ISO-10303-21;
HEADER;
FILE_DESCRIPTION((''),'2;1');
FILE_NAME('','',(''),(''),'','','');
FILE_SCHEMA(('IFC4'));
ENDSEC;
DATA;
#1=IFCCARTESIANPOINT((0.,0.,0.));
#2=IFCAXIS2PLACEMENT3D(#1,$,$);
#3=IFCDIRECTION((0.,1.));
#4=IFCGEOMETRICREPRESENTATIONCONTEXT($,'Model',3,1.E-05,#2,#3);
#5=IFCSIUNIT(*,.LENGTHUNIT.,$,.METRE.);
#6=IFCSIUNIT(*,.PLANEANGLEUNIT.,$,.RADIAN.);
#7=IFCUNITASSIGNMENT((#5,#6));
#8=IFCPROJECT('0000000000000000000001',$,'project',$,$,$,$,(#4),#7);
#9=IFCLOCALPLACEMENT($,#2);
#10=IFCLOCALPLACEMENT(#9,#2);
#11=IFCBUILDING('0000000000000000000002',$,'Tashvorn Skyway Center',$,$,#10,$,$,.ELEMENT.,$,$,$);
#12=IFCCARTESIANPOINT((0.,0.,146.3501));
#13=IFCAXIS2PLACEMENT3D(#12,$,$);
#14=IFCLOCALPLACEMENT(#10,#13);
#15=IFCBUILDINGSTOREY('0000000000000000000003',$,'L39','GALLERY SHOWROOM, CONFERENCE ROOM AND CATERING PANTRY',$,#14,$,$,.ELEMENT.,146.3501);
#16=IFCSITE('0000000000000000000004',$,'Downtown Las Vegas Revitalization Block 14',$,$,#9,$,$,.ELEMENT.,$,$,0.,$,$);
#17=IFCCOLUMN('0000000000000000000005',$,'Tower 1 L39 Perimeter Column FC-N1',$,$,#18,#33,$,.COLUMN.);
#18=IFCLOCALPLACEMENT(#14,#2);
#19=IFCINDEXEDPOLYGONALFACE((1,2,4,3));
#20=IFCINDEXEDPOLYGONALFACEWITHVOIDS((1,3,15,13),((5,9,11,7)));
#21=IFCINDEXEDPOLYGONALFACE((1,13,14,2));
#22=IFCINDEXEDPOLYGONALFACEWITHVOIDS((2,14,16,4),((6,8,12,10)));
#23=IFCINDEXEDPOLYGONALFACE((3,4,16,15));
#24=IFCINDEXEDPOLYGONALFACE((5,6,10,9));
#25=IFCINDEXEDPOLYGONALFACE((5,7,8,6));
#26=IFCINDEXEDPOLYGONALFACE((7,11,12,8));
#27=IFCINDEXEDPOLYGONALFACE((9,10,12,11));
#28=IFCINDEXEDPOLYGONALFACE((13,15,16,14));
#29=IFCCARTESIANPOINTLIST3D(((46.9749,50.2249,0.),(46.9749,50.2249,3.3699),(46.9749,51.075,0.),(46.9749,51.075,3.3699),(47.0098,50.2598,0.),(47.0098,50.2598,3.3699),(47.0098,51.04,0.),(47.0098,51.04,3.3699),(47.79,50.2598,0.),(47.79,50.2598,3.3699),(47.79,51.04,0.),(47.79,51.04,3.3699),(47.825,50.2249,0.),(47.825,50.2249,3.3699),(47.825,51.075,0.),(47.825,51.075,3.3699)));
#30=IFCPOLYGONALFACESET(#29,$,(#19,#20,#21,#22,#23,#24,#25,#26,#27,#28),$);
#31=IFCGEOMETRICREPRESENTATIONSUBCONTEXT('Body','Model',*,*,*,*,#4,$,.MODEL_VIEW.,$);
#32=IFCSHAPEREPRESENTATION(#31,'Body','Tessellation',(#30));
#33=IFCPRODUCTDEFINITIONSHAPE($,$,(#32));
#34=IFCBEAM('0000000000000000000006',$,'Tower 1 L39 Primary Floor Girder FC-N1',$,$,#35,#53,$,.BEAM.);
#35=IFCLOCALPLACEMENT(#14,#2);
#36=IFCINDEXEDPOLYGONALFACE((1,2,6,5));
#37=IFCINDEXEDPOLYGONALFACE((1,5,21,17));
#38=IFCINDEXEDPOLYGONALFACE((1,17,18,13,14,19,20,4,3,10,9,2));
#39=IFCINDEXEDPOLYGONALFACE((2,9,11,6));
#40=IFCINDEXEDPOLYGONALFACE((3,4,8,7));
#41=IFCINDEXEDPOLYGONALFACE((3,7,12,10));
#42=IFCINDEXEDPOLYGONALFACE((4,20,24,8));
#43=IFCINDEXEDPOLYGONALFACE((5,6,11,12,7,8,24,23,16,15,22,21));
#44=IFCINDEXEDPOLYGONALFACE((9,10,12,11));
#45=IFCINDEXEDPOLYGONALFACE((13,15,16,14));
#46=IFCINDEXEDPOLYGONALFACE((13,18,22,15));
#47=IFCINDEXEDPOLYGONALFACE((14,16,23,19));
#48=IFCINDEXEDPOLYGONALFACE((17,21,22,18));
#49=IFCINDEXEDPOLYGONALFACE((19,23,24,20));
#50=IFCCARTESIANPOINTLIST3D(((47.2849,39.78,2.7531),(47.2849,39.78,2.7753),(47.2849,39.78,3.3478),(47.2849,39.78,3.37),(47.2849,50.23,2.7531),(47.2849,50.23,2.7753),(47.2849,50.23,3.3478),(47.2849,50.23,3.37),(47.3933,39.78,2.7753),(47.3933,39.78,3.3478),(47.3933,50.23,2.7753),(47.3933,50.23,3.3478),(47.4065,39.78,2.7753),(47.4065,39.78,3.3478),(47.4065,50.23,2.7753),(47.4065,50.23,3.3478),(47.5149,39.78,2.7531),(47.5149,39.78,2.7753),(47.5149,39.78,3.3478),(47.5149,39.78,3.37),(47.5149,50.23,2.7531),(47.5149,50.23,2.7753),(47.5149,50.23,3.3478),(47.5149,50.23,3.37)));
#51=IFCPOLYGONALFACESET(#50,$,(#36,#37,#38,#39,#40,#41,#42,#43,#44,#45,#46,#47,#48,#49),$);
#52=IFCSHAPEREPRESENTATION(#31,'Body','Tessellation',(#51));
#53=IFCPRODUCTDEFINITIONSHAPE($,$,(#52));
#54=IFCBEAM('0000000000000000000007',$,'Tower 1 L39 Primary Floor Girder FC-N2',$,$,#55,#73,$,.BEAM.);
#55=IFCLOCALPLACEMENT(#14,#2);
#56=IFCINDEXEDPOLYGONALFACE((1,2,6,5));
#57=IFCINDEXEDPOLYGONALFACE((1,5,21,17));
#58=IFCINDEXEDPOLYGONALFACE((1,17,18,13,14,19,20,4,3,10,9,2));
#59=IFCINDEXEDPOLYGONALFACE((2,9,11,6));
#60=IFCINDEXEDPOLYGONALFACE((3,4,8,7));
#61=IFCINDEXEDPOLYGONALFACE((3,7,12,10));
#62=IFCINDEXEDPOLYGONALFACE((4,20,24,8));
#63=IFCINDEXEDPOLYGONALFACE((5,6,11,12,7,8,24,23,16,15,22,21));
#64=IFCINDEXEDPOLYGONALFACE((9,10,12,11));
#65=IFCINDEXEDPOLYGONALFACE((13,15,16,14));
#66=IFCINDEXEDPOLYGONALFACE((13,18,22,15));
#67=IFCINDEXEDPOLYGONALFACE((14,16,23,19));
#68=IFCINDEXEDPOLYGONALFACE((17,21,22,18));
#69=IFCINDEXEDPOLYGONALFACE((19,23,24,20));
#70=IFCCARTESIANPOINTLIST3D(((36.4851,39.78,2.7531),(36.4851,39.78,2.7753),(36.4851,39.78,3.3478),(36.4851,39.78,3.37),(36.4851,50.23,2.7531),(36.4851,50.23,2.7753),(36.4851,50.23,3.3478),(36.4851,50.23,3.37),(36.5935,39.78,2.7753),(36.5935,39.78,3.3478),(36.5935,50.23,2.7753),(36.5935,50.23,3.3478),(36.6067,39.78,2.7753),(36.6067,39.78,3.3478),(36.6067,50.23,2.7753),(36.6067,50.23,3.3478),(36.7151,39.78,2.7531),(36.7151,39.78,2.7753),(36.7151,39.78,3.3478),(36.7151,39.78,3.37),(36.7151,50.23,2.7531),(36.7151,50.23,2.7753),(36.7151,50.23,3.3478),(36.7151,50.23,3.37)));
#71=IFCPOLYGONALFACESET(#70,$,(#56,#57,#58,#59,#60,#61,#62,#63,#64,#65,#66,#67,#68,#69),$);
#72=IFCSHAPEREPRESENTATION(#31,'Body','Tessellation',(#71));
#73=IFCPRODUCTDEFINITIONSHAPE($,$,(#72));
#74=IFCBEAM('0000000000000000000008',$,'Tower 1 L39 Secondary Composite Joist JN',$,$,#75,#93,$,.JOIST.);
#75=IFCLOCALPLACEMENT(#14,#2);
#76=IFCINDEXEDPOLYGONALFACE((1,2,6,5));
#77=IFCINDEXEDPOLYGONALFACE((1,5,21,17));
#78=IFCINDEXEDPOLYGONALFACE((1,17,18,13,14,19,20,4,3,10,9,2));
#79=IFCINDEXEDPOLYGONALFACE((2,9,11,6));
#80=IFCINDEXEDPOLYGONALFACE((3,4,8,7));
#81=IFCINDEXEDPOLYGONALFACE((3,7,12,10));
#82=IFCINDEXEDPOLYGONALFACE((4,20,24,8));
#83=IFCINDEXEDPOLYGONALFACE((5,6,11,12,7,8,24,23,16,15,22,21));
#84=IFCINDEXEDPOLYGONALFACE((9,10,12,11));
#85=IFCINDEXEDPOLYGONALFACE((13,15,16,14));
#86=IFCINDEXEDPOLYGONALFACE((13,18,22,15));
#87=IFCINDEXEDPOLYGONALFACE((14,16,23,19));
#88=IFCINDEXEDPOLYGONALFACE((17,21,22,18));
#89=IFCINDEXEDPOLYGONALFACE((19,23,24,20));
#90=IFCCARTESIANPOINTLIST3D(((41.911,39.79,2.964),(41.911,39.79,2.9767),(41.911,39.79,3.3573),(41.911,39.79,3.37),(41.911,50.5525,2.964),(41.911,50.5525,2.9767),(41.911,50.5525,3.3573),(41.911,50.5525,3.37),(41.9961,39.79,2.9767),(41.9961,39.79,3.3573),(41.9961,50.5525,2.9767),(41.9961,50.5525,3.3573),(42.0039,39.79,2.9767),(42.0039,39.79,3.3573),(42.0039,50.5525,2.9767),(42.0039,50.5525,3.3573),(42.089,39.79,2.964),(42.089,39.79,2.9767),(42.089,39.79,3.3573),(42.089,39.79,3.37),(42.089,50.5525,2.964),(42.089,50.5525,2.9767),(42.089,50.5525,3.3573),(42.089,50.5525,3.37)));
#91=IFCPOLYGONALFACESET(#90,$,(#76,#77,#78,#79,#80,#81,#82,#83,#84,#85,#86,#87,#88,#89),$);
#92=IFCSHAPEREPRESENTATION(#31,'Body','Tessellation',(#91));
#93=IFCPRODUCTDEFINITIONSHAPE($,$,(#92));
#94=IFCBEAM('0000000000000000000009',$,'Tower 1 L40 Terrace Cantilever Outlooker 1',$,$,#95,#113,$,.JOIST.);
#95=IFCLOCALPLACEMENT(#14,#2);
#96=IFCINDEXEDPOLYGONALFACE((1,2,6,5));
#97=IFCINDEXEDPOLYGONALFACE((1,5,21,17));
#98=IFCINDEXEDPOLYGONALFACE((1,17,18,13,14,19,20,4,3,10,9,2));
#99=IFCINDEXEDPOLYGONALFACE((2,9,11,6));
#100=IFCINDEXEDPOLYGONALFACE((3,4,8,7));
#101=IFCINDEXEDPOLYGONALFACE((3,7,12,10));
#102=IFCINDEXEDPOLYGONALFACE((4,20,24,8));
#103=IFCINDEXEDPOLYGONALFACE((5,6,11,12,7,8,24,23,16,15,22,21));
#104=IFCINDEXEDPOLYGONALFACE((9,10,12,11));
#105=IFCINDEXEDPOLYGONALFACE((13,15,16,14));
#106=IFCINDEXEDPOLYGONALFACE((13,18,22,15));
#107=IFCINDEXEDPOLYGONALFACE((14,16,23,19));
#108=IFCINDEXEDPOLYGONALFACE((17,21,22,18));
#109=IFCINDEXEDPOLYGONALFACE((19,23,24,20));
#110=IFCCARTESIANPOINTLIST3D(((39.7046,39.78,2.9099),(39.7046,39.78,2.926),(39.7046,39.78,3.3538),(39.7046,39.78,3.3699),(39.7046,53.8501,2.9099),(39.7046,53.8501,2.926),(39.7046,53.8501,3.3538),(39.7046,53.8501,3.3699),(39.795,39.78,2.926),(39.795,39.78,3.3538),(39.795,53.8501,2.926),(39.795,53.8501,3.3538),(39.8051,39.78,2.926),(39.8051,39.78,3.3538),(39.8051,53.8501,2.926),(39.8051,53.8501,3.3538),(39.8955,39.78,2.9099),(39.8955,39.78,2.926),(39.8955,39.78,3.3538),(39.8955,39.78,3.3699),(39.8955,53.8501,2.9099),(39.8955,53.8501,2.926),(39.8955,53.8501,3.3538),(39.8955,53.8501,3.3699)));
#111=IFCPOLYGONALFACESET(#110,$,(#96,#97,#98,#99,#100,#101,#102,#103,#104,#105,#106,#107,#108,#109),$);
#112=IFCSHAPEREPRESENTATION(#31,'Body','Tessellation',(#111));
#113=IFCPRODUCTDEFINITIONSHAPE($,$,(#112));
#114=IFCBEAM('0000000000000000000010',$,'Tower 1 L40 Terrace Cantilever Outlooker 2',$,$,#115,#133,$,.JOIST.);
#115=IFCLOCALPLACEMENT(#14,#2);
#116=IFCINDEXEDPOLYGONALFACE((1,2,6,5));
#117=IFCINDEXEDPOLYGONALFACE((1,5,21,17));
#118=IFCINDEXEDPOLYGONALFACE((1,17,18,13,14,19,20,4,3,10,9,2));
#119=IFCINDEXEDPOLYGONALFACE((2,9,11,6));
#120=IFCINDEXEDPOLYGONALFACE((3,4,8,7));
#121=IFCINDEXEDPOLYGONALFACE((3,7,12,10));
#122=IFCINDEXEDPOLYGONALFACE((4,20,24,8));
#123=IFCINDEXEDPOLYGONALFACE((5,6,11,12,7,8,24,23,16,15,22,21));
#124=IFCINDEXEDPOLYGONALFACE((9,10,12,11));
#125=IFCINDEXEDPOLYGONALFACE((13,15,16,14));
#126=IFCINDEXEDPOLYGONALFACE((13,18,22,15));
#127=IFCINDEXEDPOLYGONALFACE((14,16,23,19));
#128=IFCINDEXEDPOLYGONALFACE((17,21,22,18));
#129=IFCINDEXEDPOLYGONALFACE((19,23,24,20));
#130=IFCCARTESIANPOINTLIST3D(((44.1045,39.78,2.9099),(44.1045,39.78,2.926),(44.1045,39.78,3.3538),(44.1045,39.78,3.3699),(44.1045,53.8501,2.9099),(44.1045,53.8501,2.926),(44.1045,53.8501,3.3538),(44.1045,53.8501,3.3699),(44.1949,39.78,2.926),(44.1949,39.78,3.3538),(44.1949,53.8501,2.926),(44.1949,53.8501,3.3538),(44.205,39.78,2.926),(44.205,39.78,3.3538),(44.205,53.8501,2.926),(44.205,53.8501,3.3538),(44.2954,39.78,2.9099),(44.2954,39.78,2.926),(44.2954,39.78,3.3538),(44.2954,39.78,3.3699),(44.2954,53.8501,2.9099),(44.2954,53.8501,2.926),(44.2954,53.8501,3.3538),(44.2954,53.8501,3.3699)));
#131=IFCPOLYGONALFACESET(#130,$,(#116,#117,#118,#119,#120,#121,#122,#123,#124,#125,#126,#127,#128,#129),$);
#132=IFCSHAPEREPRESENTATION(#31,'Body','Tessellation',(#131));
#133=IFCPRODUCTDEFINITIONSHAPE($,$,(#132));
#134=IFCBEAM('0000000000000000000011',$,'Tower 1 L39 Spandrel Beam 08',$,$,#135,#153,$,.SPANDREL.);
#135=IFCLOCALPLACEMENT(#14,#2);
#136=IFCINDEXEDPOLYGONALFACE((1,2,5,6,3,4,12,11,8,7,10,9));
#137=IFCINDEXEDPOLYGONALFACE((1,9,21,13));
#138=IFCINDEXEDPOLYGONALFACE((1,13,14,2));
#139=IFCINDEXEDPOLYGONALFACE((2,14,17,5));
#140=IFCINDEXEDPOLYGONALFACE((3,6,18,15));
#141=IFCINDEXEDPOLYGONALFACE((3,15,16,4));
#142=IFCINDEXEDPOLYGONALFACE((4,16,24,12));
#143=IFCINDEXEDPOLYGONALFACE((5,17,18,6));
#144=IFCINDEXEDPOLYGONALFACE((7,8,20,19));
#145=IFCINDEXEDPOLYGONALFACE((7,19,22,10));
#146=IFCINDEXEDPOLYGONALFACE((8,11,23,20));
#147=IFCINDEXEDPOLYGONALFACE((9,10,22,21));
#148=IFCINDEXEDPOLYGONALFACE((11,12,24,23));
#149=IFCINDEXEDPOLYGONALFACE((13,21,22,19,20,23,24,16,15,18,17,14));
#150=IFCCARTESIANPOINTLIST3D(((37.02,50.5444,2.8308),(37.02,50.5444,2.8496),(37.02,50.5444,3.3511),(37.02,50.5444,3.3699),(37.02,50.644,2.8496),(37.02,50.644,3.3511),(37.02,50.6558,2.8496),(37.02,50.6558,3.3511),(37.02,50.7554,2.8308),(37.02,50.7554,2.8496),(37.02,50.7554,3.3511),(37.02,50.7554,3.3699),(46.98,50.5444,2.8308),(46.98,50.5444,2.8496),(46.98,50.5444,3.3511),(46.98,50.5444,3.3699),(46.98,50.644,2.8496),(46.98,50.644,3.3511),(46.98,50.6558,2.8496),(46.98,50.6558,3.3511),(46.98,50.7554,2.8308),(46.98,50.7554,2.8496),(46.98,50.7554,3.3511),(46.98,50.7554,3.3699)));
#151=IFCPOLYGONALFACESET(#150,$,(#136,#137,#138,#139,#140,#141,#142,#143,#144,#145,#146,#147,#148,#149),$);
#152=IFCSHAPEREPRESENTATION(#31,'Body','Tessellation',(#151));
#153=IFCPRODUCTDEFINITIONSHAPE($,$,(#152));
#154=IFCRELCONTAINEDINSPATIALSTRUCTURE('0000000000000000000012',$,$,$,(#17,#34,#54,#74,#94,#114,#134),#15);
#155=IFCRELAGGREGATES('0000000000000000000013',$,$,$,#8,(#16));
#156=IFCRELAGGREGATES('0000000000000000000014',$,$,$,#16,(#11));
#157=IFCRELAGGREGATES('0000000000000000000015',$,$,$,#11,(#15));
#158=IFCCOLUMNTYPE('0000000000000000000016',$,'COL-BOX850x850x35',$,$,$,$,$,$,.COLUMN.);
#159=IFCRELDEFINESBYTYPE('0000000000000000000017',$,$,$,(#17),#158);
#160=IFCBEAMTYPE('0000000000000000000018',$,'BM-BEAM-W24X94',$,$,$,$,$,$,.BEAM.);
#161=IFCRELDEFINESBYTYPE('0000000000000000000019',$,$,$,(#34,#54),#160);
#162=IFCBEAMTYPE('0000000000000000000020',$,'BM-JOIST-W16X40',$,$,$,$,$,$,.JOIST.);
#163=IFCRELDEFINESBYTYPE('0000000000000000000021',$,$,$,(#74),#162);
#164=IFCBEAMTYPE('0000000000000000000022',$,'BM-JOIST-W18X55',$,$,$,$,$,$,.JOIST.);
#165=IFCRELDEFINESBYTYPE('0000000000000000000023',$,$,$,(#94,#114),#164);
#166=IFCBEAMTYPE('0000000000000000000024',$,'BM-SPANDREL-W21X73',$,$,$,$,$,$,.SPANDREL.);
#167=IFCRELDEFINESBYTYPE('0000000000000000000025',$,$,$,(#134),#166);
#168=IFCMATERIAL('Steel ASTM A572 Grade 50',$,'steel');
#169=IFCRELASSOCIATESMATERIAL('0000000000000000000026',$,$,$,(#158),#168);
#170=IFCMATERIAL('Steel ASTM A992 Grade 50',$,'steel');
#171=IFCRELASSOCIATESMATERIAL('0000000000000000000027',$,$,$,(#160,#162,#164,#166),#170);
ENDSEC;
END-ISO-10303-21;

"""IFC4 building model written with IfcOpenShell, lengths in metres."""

from ifc_helpers import new_model, si_unit, direction, frame, origin, origin_2d, place, context, subcontext, project, spatial, hollow_rectangle, i_section, extrude, material, material_profile, profile_set, type_object, element, save


model = new_model("IFC4")

# Units and contexts
model_context = context("Model", 3, precision=1e-05, world=origin(), true_north=direction((0.0, 1.0)))
body_context = subcontext(model_context, "Body", "Model", "MODEL_VIEW")
ifc_project = project(units=[si_unit("LENGTHUNIT", "METRE"), si_unit("PLANEANGLEUNIT", "RADIAN")], contexts=[model_context])

# Site, building, storey
site_placement = place(None, origin())
site = spatial("IfcSite", under=ifc_project, at=site_placement, Name="Downtown Las Vegas Revitalization Block 14", CompositionType="ELEMENT", RefElevation=0.0)
building_placement = place(site_placement, origin())
building = spatial("IfcBuilding", under=site, at=building_placement, Name="Tashvorn Skyway Center", CompositionType="ELEMENT")
storey_placement = place(building_placement, frame((0.0, 0.0, 146.3501)))
storey = spatial("IfcBuildingStorey", under=building, at=storey_placement, Name="L39", Description="GALLERY SHOWROOM, CONFERENCE ROOM AND CATERING PANTRY", CompositionType="ELEMENT", Elevation=146.3501)

# Column
ifc_material_1 = material(Name="Steel ASTM A572 Grade 50", Category="steel")
ifc_material_profile_1 = material_profile(ifc_material_1, hollow_rectangle(XDim=0.8501, YDim=0.8501, WallThickness=0.0349, at=origin_2d()), Name="BOX850x850x35")
ifc_profile_set_1 = profile_set([ifc_material_profile_1], Name="Steel ASTM A572 Grade 50")
column_type = type_object("IfcColumnType", Name="COL-BOX850x850x35", PredefinedType="COLUMN", material=ifc_profile_set_1)
column_placement = place(storey_placement, frame((47.3999, 50.6499, 0.0), z_axis=(0.0, 0.0, 1.0), x_axis=(1.0, 0.0, 0.0)))
element("IfcColumn", 1, at=column_placement, inside=storey, type_object=column_type, Name="Tower 1 L39 Perimeter Column FC-N1", PredefinedType="COLUMN", context=body_context, shape_type="SweptSolid", body=[
    extrude(hollow_rectangle(XDim=0.8501, YDim=0.8501, WallThickness=0.0349, at=origin_2d()), origin(), (0.0, 0.0, 1.0), 3.3699),
])

# Beams
ifc_material_2 = material(Name="Steel ASTM A992 Grade 50", Category="steel")
ifc_material_profile_2 = material_profile(ifc_material_2, i_section(OverallWidth=0.23, OverallDepth=0.6169, WebThickness=0.0132, FlangeThickness=0.0222, at=origin_2d()), Name="W24X94")
ifc_profile_set_2 = profile_set([ifc_material_profile_2], Name="Steel ASTM A992 Grade 50")
beam_type_1 = type_object("IfcBeamType", Name="BM-BEAM-W24X94", PredefinedType="BEAM", material=ifc_profile_set_2)
for number, where, z_axis, x_axis, name in (
    (2, (47.3999, 50.23, 3.0615), (0.0, -1.0, 0.0), (1.0, 0.0, 0.0), "Tower 1 L39 Primary Floor Girder FC-N1"),
    (3, (36.6001, 50.23, 3.0615), (0.0, -1.0, 0.0), (1.0, 0.0, 0.0), "Tower 1 L39 Primary Floor Girder FC-N2"),
):
    element("IfcBeam", number, at=place(storey_placement, frame(where, z_axis=z_axis, x_axis=x_axis)), inside=storey, type_object=beam_type_1, Name=name, PredefinedType="BEAM", context=body_context, shape_type="SweptSolid", body=[
        extrude(i_section(OverallWidth=0.23, OverallDepth=0.6169, WebThickness=0.0132, FlangeThickness=0.0222, at=origin_2d()), origin(), (0.0, 0.0, 1.0), 10.45),
    ])
ifc_material_profile_3 = material_profile(ifc_material_2, i_section(OverallWidth=0.178, OverallDepth=0.406, WebThickness=0.0078, FlangeThickness=0.0127, at=origin_2d()), Name="W16X40")
ifc_profile_set_3 = profile_set([ifc_material_profile_3], Name="Steel ASTM A992 Grade 50")
beam_type_2 = type_object("IfcBeamType", Name="BM-JOIST-W16X40", PredefinedType="JOIST", material=ifc_profile_set_3)
beam_1_placement = place(storey_placement, frame((42.0, 39.79, 3.167), z_axis=(0.0, 1.0, 0.0), x_axis=(-1.0, 0.0, 0.0)))
element("IfcBeam", 4, at=beam_1_placement, inside=storey, type_object=beam_type_2, Name="Tower 1 L39 Secondary Composite Joist JN", PredefinedType="JOIST", context=body_context, shape_type="SweptSolid", body=[
    extrude(i_section(OverallWidth=0.178, OverallDepth=0.406, WebThickness=0.0078, FlangeThickness=0.0127, at=origin_2d()), origin(), (0.0, 0.0, 1.0), 10.7625),
])
ifc_material_profile_4 = material_profile(ifc_material_2, i_section(OverallWidth=0.1909, OverallDepth=0.46, WebThickness=0.01, FlangeThickness=0.0161, at=origin_2d()), Name="W18X55")
ifc_profile_set_4 = profile_set([ifc_material_profile_4], Name="Steel ASTM A992 Grade 50")
beam_type_3 = type_object("IfcBeamType", Name="BM-JOIST-W18X55", PredefinedType="JOIST", material=ifc_profile_set_4)
for number, where, z_axis, x_axis, name in (
    (5, (39.8, 39.78, 3.1399), (0.0, 1.0, 0.0), (-1.0, 0.0, 0.0), "Tower 1 L40 Terrace Cantilever Outlooker 1"),
    (6, (44.2, 39.78, 3.1399), (0.0, 1.0, 0.0), (-1.0, 0.0, 0.0), "Tower 1 L40 Terrace Cantilever Outlooker 2"),
):
    element("IfcBeam", number, at=place(storey_placement, frame(where, z_axis=z_axis, x_axis=x_axis)), inside=storey, type_object=beam_type_3, Name=name, PredefinedType="JOIST", context=body_context, shape_type="SweptSolid", body=[
        extrude(i_section(OverallWidth=0.1909, OverallDepth=0.46, WebThickness=0.01, FlangeThickness=0.0161, at=origin_2d()), origin(), (0.0, 0.0, 1.0), 14.0701),
    ])
ifc_material_profile_5 = material_profile(ifc_material_2, i_section(OverallWidth=0.2109, OverallDepth=0.5391, WebThickness=0.0117, FlangeThickness=0.0188, at=origin_2d()), Name="W21X73")
ifc_profile_set_5 = profile_set([ifc_material_profile_5], Name="Steel ASTM A992 Grade 50")
beam_type_4 = type_object("IfcBeamType", Name="BM-SPANDREL-W21X73", PredefinedType="SPANDREL", material=ifc_profile_set_5)
beam_2_placement = place(storey_placement, frame((46.98, 50.6499, 3.1003), z_axis=(-1.0, 0.0, 0.0), x_axis=(0.0, -1.0, 0.0)))
element("IfcBeam", 7, at=beam_2_placement, inside=storey, type_object=beam_type_4, Name="Tower 1 L39 Spandrel Beam 08", PredefinedType="SPANDREL", context=body_context, shape_type="SweptSolid", body=[
    extrude(i_section(OverallWidth=0.2109, OverallDepth=0.5391, WebThickness=0.0117, FlangeThickness=0.0188, at=origin_2d()), origin(), (0.0, 0.0, 1.0), 9.96),
])

save(model, "model.ifc")
